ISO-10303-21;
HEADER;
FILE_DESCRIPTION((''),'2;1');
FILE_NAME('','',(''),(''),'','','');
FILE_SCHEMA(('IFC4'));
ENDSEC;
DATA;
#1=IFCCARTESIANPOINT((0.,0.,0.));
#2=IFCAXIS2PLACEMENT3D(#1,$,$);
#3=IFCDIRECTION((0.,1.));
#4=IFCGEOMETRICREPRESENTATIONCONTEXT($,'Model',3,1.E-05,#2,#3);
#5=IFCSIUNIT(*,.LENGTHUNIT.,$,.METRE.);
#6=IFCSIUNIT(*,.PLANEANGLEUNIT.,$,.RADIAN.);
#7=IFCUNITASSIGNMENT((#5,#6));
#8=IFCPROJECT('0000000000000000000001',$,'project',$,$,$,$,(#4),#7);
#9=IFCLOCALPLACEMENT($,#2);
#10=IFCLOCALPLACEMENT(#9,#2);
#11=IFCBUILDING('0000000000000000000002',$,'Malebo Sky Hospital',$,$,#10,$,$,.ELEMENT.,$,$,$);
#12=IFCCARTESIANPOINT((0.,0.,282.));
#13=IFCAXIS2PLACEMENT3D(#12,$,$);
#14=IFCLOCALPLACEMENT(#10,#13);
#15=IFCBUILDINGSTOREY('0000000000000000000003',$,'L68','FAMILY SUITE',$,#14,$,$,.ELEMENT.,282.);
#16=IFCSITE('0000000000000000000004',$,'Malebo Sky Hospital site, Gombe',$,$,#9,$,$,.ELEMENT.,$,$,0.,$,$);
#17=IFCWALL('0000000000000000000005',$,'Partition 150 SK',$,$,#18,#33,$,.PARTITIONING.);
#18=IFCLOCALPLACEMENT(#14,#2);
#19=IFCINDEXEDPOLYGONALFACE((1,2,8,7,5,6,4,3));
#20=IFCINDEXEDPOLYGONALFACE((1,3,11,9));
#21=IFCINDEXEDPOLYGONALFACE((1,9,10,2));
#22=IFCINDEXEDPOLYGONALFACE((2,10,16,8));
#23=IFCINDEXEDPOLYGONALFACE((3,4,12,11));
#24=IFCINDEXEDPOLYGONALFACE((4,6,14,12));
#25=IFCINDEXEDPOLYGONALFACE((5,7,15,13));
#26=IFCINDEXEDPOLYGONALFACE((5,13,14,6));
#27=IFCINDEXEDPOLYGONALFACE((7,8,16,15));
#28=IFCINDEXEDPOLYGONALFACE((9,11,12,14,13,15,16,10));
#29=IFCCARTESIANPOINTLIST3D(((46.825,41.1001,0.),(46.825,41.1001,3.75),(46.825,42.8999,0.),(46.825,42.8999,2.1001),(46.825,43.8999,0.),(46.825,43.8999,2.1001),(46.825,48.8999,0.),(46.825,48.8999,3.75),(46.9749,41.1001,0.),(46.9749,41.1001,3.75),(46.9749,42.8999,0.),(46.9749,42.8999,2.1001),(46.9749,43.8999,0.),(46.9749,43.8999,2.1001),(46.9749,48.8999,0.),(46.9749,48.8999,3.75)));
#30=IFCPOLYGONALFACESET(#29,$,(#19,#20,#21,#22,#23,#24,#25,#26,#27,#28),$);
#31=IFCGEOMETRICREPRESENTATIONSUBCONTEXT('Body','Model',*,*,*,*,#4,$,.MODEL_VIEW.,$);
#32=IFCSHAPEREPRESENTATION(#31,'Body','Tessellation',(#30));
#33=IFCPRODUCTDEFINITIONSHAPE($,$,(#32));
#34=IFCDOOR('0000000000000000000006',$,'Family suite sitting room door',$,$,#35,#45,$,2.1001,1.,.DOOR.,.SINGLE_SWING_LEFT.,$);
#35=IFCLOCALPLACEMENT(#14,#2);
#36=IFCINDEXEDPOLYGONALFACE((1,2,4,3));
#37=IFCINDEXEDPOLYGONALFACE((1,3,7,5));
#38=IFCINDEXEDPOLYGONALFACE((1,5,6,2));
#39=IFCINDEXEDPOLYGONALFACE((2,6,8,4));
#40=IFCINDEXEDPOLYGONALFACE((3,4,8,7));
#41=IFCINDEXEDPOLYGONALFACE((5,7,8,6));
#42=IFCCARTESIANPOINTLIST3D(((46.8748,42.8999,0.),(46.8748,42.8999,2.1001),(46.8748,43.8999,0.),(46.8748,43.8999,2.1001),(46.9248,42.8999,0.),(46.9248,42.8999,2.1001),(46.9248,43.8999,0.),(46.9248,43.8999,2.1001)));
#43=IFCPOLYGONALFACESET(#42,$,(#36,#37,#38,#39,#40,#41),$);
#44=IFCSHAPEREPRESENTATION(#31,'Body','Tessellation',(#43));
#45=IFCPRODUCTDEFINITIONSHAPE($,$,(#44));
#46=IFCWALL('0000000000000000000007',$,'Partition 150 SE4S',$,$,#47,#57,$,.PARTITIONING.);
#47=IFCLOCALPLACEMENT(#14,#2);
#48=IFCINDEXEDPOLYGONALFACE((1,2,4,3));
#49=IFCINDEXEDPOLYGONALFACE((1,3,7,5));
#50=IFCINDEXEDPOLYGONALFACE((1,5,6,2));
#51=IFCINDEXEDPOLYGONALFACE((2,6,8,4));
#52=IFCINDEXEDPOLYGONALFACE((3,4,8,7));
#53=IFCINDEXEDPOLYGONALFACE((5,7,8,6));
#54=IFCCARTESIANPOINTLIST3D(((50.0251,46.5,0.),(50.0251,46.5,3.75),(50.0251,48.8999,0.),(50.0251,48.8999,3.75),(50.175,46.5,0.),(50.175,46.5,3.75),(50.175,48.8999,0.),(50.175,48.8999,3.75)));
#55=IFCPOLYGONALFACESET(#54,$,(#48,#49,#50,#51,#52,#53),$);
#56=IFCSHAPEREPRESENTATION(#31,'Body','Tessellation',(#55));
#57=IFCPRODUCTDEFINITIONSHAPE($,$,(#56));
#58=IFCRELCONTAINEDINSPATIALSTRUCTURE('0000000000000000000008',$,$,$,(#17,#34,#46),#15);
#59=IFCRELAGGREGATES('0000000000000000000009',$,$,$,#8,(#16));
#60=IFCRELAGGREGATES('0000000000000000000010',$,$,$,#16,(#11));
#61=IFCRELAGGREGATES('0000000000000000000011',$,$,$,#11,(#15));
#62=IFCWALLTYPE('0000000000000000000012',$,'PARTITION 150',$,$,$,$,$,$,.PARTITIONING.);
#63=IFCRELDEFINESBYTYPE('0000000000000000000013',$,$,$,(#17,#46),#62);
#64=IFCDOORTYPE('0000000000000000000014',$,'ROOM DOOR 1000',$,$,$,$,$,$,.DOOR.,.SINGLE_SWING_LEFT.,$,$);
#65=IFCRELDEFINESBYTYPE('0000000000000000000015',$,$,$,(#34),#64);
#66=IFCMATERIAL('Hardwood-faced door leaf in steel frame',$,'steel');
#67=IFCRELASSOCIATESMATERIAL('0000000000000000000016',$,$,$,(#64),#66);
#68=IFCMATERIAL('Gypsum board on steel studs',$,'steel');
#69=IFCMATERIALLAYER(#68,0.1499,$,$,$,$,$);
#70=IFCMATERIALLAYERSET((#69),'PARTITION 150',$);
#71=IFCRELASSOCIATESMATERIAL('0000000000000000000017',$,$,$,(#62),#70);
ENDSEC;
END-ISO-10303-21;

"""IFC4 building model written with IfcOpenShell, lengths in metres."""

from ifc_helpers import new_model, si_unit, direction, frame, frame_2d, origin, place, context, subcontext, project, spatial, rectangle, extrude, material, layer, layer_set, type_object, element, fill, save


model = new_model("IFC4")

# Units and contexts
model_context = context("Model", 3, precision=1e-05, world=origin(), true_north=direction((0.0, 1.0)))
body_context = subcontext(model_context, "Body", "Model", "MODEL_VIEW")
ifc_project = project(units=[si_unit("LENGTHUNIT", "METRE"), si_unit("PLANEANGLEUNIT", "RADIAN")], contexts=[model_context])

# Site, building, storey
site_placement = place(None, origin())
site = spatial("IfcSite", under=ifc_project, at=site_placement, Name="Malebo Sky Hospital site, Gombe", CompositionType="ELEMENT", RefElevation=0.0)
building_placement = place(site_placement, origin())
building = spatial("IfcBuilding", under=site, at=building_placement, Name="Malebo Sky Hospital", CompositionType="ELEMENT")
storey_placement = place(building_placement, frame((0.0, 0.0, 282.0)))
storey = spatial("IfcBuildingStorey", under=building, at=storey_placement, Name="L68", Description="FAMILY SUITE", CompositionType="ELEMENT", Elevation=282.0)

# Shared definitions
ifc_material_1 = material(Name="Gypsum board on steel studs", Category="steel")
ifc_material_2 = material(Name="Hardwood-faced door leaf in steel frame", Category="steel")
door_type_1 = type_object("IfcDoorType", Name="ROOM DOOR 1000", OperationType="SINGLE_SWING_LEFT", PredefinedType="DOOR", material=ifc_material_2)

# Shared definitions
ifc_layer_1 = layer(ifc_material_1, 0.1499)
ifc_layer_set_1 = layer_set([ifc_layer_1], Name="PARTITION 150")
wall_type_1 = type_object("IfcWallType", Name="PARTITION 150", PredefinedType="PARTITIONING", material=ifc_layer_set_1)

# Wall, opening, door
wall_1_placement = place(storey_placement, frame((46.8999, 48.8999, 0.0), z_axis=(0.0, 0.0, 1.0), x_axis=(0.0, -1.0, 0.0)))
wall_1 = element("IfcWall", 1, at=wall_1_placement, inside=storey, type_object=wall_type_1, Name="Partition 150 SK", PredefinedType="PARTITIONING", context=body_context, shape_type="SweptSolid", body=[
    extrude(rectangle(XDim=7.7998, YDim=0.1499, at=frame_2d((3.8999, 0.0))), origin(), (0.0, 0.0, 1.0), 3.75),
])
opening_1_placement = place(wall_1_placement, frame((5.0, 0.0, 0.0)))
opening_1 = element("IfcOpeningElement", 2, at=opening_1_placement, cuts=wall_1, PredefinedType="OPENING", context=body_context, shape_type="SweptSolid", body=[
    extrude(rectangle(XDim=1.0, YDim=2.1001, at=frame_2d((0.5, 1.05))), frame((0.0, 0.085, 0.0), z_axis=(0.0, -1.0, 0.0), x_axis=(1.0, 0.0, 0.0)), (0.0, 0.0, 1.0), 0.1699),
])
door_1_placement = place(opening_1_placement, origin())
door_1 = element("IfcDoor", 3, at=door_1_placement, inside=storey, type_object=door_type_1, Name="Family suite sitting room door", OperationType="SINGLE_SWING_LEFT", OverallHeight=2.1001, OverallWidth=1.0, PredefinedType="DOOR", context=body_context, shape_type="SweptSolid", body=[
    extrude(rectangle(XDim=1.0, YDim=2.1001, at=frame_2d((0.5, 1.05))), frame((0.0, 0.0249, 0.0), z_axis=(0.0, -1.0, 0.0), x_axis=(1.0, 0.0, 0.0)), (0.0, 0.0, 1.0), 0.05),
])
fill(opening_1, door_1)

# Wall
wall_2_placement = place(storey_placement, frame((50.1001, 48.8999, 0.0), z_axis=(0.0, 0.0, 1.0), x_axis=(0.0, -1.0, 0.0)))
element("IfcWall", 4, at=wall_2_placement, inside=storey, type_object=wall_type_1, Name="Partition 150 SE4S", PredefinedType="PARTITIONING", context=body_context, shape_type="SweptSolid", body=[
    extrude(rectangle(XDim=2.3999, YDim=0.1499, at=frame_2d((1.2, 0.0))), origin(), (0.0, 0.0, 1.0), 3.75),
])

save(model, "model.ifc")
